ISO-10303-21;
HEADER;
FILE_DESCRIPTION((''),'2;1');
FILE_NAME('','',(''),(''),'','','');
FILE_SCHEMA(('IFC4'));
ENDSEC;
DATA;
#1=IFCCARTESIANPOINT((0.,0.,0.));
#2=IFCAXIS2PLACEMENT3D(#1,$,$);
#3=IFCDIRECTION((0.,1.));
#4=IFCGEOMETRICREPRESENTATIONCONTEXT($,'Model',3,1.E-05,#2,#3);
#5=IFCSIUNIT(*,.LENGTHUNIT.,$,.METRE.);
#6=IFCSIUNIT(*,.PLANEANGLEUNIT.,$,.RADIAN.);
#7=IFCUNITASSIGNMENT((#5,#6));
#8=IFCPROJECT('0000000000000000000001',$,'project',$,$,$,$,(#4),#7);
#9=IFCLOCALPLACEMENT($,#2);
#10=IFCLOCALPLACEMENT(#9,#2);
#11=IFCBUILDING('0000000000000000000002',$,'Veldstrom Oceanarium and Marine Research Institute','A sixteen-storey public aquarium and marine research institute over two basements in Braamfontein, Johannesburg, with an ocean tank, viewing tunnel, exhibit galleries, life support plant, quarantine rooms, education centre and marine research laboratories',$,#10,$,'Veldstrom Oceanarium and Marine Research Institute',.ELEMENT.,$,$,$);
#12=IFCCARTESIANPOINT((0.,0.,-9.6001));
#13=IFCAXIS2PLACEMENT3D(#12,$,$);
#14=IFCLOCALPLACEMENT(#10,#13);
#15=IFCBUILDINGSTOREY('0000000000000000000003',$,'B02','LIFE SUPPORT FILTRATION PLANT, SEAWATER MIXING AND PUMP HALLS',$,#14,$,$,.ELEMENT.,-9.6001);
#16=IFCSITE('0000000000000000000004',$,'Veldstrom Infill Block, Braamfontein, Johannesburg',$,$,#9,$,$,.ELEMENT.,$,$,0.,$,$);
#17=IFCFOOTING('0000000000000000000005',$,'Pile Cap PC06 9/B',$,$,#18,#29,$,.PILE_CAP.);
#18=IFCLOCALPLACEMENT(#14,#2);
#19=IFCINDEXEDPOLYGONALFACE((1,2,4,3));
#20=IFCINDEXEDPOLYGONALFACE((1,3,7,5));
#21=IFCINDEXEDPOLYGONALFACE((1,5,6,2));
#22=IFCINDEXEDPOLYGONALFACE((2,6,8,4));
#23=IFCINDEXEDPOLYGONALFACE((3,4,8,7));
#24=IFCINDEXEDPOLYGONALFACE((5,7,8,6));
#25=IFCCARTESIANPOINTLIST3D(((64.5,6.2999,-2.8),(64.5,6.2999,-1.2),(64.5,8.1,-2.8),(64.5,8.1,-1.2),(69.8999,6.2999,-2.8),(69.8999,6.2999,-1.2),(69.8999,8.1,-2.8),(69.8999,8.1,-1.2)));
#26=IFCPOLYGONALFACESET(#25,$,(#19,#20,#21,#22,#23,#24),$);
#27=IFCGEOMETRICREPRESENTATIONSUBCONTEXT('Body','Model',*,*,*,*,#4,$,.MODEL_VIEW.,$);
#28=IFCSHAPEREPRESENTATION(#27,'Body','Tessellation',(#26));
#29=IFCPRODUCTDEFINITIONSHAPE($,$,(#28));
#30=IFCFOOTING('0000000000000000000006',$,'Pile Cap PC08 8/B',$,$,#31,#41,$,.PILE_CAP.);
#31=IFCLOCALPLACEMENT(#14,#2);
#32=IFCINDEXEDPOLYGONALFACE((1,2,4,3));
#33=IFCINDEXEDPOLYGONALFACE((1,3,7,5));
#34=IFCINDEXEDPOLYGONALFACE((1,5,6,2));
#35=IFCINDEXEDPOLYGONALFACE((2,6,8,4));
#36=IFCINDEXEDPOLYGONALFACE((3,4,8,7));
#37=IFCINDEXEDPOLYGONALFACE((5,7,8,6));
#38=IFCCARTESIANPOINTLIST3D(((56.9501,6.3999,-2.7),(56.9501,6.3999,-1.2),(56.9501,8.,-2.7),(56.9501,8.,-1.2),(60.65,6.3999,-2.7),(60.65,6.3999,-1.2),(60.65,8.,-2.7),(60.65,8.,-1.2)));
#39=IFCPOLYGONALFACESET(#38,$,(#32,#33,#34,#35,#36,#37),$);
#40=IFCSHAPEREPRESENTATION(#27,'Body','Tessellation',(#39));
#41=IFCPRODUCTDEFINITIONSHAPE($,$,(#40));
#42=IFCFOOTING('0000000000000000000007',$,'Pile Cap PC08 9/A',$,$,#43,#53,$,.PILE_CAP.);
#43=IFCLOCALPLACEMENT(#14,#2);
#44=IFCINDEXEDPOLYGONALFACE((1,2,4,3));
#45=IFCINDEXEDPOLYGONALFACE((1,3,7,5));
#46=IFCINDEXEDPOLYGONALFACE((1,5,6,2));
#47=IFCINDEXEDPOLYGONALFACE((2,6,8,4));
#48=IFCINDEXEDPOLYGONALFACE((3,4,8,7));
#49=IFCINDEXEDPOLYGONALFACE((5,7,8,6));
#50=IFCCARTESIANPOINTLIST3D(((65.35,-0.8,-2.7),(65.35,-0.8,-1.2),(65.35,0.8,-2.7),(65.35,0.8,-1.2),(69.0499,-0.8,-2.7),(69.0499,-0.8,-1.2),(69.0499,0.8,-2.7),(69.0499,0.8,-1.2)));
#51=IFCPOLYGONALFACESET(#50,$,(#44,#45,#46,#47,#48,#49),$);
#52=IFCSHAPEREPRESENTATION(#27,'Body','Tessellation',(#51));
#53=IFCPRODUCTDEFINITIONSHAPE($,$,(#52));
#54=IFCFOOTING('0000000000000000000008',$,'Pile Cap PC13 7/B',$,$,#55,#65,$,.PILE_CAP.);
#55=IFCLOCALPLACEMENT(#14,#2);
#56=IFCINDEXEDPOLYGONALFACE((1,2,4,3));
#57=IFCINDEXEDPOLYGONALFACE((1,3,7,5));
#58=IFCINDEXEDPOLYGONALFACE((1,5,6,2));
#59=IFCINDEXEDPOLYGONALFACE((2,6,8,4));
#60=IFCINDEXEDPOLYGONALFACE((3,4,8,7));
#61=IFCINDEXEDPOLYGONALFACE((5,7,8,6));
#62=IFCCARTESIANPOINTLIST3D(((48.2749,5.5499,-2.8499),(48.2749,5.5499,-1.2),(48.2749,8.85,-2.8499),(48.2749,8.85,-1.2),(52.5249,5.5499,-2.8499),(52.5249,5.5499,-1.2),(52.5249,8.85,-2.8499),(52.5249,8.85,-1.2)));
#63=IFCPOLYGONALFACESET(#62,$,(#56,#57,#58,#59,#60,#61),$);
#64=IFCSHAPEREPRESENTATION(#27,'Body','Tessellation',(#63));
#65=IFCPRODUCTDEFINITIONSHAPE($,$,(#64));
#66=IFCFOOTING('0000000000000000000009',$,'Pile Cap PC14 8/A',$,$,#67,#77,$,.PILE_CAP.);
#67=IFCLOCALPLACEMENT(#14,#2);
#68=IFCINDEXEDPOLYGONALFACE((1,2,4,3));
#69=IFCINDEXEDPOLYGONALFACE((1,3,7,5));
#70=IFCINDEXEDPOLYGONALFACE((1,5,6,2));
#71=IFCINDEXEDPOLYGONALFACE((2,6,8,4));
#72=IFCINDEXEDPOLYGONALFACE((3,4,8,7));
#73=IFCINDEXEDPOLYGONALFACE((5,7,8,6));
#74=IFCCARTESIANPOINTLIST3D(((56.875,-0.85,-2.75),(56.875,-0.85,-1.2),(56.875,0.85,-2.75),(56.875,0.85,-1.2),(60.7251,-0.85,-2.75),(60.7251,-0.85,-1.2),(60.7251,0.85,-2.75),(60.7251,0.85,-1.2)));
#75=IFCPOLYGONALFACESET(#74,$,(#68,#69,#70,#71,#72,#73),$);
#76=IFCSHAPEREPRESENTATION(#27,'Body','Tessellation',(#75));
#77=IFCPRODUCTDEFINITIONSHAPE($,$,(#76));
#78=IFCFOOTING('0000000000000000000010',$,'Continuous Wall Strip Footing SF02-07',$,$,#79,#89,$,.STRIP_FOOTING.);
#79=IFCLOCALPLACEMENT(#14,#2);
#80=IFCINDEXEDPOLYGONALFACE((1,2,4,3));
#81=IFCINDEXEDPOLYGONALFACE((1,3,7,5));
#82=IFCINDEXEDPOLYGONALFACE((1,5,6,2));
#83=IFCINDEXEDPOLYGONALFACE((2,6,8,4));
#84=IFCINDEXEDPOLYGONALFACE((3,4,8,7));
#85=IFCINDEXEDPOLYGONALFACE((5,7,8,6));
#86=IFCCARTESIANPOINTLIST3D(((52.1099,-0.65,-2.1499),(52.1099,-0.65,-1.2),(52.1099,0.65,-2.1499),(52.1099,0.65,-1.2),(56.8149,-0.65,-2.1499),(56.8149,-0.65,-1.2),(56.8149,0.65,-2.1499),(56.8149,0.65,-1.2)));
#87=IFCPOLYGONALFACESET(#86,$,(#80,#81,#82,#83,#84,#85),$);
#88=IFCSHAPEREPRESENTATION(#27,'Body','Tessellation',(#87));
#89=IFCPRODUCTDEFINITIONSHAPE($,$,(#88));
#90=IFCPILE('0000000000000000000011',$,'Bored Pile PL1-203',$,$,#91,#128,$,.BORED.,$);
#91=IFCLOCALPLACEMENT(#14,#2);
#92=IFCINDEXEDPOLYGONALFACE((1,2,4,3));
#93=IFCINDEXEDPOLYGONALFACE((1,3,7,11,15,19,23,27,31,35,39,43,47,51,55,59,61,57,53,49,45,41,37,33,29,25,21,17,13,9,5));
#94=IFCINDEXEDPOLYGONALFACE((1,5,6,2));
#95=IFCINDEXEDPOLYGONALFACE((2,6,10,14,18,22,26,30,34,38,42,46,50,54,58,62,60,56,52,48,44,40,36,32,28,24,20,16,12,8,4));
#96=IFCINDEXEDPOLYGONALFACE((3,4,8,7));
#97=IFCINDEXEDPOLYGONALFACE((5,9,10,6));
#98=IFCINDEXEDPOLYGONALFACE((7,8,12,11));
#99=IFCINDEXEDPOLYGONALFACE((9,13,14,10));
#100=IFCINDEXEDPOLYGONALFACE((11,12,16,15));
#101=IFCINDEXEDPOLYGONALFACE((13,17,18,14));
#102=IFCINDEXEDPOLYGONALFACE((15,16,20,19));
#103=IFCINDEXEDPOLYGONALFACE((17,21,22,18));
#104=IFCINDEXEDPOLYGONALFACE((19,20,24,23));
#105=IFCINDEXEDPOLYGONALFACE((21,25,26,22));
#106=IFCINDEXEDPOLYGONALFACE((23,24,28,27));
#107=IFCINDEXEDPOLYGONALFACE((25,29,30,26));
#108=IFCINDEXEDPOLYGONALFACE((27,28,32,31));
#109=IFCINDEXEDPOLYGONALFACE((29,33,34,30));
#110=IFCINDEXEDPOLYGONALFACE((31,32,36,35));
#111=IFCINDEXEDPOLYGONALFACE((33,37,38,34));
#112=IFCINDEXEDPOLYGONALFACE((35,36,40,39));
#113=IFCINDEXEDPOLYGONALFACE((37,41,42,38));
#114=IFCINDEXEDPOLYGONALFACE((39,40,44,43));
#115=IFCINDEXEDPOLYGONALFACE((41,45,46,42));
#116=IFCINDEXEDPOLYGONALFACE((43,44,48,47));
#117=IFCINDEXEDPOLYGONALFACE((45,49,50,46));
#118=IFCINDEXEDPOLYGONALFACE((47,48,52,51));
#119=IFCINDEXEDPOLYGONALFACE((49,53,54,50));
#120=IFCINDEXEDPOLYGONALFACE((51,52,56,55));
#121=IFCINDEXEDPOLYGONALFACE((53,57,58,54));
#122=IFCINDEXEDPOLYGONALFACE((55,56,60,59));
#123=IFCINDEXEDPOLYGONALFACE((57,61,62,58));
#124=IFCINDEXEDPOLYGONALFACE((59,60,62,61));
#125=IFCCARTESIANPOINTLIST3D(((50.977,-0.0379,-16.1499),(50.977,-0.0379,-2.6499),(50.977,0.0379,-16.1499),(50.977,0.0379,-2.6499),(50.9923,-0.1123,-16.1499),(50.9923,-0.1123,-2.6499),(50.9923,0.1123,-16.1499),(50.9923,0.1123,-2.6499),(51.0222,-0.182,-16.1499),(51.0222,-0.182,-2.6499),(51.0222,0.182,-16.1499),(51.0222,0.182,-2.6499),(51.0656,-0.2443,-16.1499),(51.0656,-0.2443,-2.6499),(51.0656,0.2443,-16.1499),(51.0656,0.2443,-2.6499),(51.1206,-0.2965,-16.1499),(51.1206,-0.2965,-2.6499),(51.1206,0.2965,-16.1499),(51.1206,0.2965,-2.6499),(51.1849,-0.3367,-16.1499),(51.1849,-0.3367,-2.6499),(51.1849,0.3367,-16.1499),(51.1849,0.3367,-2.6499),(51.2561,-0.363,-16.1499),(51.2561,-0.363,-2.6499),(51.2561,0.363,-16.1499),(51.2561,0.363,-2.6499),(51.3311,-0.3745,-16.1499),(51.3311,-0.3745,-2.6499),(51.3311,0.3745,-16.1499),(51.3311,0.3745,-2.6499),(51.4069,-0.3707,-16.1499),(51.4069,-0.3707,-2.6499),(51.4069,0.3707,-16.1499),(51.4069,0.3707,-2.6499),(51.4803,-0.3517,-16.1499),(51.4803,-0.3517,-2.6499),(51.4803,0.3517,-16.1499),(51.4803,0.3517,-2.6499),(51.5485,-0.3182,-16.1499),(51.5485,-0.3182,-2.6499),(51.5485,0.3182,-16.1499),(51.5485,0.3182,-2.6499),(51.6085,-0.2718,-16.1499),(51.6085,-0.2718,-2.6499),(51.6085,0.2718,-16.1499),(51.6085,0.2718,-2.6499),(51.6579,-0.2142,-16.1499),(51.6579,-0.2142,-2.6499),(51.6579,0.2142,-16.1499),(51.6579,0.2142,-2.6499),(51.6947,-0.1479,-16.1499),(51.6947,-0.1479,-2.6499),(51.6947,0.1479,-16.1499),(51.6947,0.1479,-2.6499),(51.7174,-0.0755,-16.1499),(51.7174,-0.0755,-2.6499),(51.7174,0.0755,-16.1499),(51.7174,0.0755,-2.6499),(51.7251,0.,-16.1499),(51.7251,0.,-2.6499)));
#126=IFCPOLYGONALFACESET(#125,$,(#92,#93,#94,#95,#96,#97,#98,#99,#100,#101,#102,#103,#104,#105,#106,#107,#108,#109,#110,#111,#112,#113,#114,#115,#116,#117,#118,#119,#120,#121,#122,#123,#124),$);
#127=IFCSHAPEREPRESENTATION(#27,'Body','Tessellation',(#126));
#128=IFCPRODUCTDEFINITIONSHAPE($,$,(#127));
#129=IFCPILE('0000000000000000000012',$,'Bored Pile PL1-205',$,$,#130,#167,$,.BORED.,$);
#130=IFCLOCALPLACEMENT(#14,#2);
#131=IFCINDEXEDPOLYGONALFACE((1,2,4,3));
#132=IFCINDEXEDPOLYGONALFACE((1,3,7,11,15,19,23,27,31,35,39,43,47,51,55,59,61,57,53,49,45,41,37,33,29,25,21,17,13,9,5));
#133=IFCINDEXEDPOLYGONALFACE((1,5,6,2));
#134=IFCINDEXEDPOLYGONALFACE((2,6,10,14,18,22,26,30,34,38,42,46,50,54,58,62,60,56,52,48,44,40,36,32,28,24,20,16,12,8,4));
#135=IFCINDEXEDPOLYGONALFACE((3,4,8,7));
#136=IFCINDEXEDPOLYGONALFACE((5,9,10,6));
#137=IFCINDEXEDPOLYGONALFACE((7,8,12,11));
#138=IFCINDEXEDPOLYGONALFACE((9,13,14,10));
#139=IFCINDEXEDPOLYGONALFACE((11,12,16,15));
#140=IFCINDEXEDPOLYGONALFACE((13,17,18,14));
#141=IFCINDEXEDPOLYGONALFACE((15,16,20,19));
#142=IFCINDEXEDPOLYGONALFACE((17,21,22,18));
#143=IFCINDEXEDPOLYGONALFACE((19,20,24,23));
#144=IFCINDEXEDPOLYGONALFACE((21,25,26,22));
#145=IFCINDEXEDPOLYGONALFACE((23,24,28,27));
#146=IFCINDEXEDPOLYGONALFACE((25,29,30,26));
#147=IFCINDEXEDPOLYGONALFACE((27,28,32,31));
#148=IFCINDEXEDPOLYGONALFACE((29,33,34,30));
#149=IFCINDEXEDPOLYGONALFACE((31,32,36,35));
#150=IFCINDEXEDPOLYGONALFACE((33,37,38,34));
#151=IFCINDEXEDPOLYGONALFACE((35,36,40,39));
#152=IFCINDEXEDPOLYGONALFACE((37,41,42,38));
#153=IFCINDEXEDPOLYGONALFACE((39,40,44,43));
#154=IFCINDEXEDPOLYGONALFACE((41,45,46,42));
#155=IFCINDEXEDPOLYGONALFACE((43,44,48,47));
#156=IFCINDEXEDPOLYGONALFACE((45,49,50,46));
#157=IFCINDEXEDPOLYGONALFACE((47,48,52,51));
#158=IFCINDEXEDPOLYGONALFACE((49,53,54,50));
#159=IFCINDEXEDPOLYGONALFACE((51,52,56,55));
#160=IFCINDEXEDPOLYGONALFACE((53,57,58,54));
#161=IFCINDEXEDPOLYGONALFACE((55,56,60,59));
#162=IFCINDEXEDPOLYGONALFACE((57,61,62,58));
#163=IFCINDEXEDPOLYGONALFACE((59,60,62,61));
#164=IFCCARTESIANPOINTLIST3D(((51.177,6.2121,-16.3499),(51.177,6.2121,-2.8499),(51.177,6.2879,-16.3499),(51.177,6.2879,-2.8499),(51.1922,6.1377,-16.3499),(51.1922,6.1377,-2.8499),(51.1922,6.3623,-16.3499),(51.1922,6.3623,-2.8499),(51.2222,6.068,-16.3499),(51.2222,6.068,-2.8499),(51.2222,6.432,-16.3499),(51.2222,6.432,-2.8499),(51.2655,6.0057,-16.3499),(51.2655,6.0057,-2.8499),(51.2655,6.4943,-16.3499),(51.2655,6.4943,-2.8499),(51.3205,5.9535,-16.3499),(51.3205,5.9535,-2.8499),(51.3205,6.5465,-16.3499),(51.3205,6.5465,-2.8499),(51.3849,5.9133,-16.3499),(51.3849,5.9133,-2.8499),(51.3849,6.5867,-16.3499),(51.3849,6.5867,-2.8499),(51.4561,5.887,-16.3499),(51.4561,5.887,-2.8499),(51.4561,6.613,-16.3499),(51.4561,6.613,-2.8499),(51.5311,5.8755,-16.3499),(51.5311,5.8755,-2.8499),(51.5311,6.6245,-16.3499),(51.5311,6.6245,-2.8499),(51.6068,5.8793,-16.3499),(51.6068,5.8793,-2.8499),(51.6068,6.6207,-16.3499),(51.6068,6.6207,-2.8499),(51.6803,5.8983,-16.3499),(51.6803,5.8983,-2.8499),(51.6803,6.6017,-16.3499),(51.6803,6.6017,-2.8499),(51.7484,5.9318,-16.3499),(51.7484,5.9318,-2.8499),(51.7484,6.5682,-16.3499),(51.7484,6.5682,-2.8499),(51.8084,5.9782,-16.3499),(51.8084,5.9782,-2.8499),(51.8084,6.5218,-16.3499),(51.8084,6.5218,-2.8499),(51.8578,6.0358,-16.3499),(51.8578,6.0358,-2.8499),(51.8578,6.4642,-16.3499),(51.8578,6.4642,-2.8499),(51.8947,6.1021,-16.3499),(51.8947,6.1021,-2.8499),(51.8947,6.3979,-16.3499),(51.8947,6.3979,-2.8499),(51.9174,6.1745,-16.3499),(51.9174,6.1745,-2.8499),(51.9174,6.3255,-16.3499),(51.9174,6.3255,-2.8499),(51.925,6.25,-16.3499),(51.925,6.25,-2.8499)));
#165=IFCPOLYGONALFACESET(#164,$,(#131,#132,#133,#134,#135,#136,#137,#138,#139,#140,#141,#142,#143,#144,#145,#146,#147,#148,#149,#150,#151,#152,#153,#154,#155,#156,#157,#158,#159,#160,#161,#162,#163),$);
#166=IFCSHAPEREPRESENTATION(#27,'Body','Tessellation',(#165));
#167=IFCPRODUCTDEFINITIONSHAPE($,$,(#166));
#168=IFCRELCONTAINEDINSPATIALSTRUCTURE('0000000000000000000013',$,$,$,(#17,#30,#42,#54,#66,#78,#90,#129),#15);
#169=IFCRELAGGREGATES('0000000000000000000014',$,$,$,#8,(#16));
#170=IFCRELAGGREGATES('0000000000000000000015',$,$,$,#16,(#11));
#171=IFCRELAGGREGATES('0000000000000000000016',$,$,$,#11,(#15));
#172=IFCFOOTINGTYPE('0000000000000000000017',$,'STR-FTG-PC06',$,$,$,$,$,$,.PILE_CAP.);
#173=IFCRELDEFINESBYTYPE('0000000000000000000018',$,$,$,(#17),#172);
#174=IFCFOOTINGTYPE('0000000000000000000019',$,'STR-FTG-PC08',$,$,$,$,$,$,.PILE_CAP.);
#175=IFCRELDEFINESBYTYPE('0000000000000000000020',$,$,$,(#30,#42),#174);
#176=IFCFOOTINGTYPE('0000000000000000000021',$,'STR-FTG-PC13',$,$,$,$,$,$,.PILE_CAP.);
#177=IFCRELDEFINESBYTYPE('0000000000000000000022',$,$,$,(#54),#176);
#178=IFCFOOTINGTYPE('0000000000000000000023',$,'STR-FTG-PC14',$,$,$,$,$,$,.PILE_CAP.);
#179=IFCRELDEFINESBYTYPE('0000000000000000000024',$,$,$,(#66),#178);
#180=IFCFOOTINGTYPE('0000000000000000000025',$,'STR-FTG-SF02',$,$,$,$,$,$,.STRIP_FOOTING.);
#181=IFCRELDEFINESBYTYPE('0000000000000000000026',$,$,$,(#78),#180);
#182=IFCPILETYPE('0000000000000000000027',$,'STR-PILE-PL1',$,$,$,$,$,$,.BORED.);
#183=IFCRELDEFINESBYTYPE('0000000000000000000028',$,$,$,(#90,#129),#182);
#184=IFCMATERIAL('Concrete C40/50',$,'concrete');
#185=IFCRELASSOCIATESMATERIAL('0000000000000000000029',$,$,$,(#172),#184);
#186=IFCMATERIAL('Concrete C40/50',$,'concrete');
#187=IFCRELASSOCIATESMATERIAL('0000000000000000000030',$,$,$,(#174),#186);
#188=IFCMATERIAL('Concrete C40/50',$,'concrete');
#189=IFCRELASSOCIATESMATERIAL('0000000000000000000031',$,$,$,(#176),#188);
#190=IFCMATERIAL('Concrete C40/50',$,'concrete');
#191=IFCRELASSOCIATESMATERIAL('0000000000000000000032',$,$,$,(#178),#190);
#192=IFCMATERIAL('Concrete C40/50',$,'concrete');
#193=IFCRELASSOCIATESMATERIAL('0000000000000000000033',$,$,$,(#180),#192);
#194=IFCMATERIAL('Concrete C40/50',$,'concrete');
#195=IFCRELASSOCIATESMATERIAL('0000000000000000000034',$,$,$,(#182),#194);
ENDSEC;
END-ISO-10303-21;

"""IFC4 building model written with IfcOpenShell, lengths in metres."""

from ifc_helpers import new_model, si_unit, direction, frame, origin, origin_2d, place, context, subcontext, project, spatial, rectangle, circle, extrude, material, material_profile, profile_set, type_object, element, save


model = new_model("IFC4")

# Units and contexts
model_context = context("Model", 3, precision=1e-05, world=origin(), true_north=direction((0.0, 1.0)))
body_context = subcontext(model_context, "Body", "Model", "MODEL_VIEW")
ifc_project = project(units=[si_unit("LENGTHUNIT", "METRE"), si_unit("PLANEANGLEUNIT", "RADIAN")], contexts=[model_context])

# Site, building, storey
site_placement = place(None, origin())
site = spatial("IfcSite", under=ifc_project, at=site_placement, Name="Veldstrom Infill Block, Braamfontein, Johannesburg", CompositionType="ELEMENT", RefElevation=0.0)
building_placement = place(site_placement, origin())
building = spatial("IfcBuilding", under=site, at=building_placement, Name="Veldstrom Oceanarium and Marine Research Institute", Description="A sixteen-storey public aquarium and marine research institute over two basements in Braamfontein, Johannesburg, with an ocean tank, viewing tunnel, exhibit galleries, life support plant, quarantine rooms, education centre and marine research laboratories", LongName="Veldstrom Oceanarium and Marine Research Institute", CompositionType="ELEMENT")
storey_placement = place(building_placement, frame((0.0, 0.0, -9.6001)))
storey = spatial("IfcBuildingStorey", under=building, at=storey_placement, Name="B02", Description="LIFE SUPPORT FILTRATION PLANT, SEAWATER MIXING AND PUMP HALLS", CompositionType="ELEMENT", Elevation=-9.6001)

# Footings
ifc_material_1 = material(Name="Concrete C40/50", Category="concrete")
footing_type_1 = type_object("IfcFootingType", Name="STR-FTG-PC06", PredefinedType="PILE_CAP", material=ifc_material_1)
footing_1_placement = place(storey_placement, frame((67.2, 7.2, -2.8), z_axis=(0.0, 0.0, 1.0), x_axis=(1.0, 0.0, 0.0)))
element("IfcFooting", 1, at=footing_1_placement, inside=storey, type_object=footing_type_1, Name="Pile Cap PC06 9/B", PredefinedType="PILE_CAP", context=body_context, shape_type="SweptSolid", body=[
    extrude(rectangle(XDim=5.3999, YDim=1.8, at=origin_2d()), origin(), (0.0, 0.0, 1.0), 1.6001),
])
ifc_material_2 = material(Name="Concrete C40/50", Category="concrete")
footing_type_2 = type_object("IfcFootingType", Name="STR-FTG-PC08", PredefinedType="PILE_CAP", material=ifc_material_2)
for number, where, z_axis, x_axis, name in (
    (2, (58.8, 7.2, -2.7), (0.0, 0.0, 1.0), (1.0, 0.0, 0.0), "Pile Cap PC08 8/B"),
    (3, (67.2, 0.0, -2.7), (0.0, 0.0, 1.0), (1.0, 0.0, 0.0), "Pile Cap PC08 9/A"),
):
    element("IfcFooting", number, at=place(storey_placement, frame(where, z_axis=z_axis, x_axis=x_axis)), inside=storey, type_object=footing_type_2, Name=name, PredefinedType="PILE_CAP", context=body_context, shape_type="SweptSolid", body=[
        extrude(rectangle(XDim=3.7, YDim=1.6001, at=origin_2d()), origin(), (0.0, 0.0, 1.0), 1.5),
    ])
ifc_material_3 = material(Name="Concrete C40/50", Category="concrete")
footing_type_3 = type_object("IfcFootingType", Name="STR-FTG-PC13", PredefinedType="PILE_CAP", material=ifc_material_3)
footing_2_placement = place(storey_placement, frame((50.3999, 7.2, -2.8499), z_axis=(0.0, 0.0, 1.0), x_axis=(1.0, 0.0, 0.0)))
element("IfcFooting", 4, at=footing_2_placement, inside=storey, type_object=footing_type_3, Name="Pile Cap PC13 7/B", PredefinedType="PILE_CAP", context=body_context, shape_type="SweptSolid", body=[
    extrude(rectangle(XDim=4.25, YDim=3.3, at=origin_2d()), origin(), (0.0, 0.0, 1.0), 1.6499),
])
ifc_material_4 = material(Name="Concrete C40/50", Category="concrete")
footing_type_4 = type_object("IfcFootingType", Name="STR-FTG-PC14", PredefinedType="PILE_CAP", material=ifc_material_4)
footing_3_placement = place(storey_placement, frame((58.8, 0.0, -2.75), z_axis=(0.0, 0.0, 1.0), x_axis=(1.0, 0.0, 0.0)))
element("IfcFooting", 5, at=footing_3_placement, inside=storey, type_object=footing_type_4, Name="Pile Cap PC14 8/A", PredefinedType="PILE_CAP", context=body_context, shape_type="SweptSolid", body=[
    extrude(rectangle(XDim=3.8501, YDim=1.7, at=origin_2d()), origin(), (0.0, 0.0, 1.0), 1.55),
])
ifc_material_5 = material(Name="Concrete C40/50", Category="concrete")
footing_type_5 = type_object("IfcFootingType", Name="STR-FTG-SF02", PredefinedType="STRIP_FOOTING", material=ifc_material_5)
footing_4_placement = place(storey_placement, frame((54.4624, 0.0, -2.1499), z_axis=(0.0, 0.0, 1.0), x_axis=(1.0, 0.0, 0.0)))
element("IfcFooting", 6, at=footing_4_placement, inside=storey, type_object=footing_type_5, Name="Continuous Wall Strip Footing SF02-07", PredefinedType="STRIP_FOOTING", context=body_context, shape_type="SweptSolid", body=[
    extrude(rectangle(XDim=4.7051, YDim=1.3, at=origin_2d()), origin(), (0.0, 0.0, 1.0), 0.95),
])

# Piles
ifc_material_6 = material(Name="Concrete C40/50", Category="concrete")
ifc_material_profile_1 = material_profile(ifc_material_6, circle(Radius=0.375, at=origin_2d()), Name="PILE-D750")
ifc_profile_set_1 = profile_set([ifc_material_profile_1], Name="Concrete C40/50")
pile_type = type_object("IfcPileType", Name="STR-PILE-PL1", PredefinedType="BORED", material=ifc_profile_set_1)
for number, where, z_axis, x_axis, name in (
    (7, (51.3501, 0.0, -2.6499), (0.0, 0.0, -1.0), (1.0, 0.0, 0.0), "Bored Pile PL1-203"),
    (8, (51.55, 6.25, -2.8499), (0.0, 0.0, -1.0), (1.0, 0.0, 0.0), "Bored Pile PL1-205"),
):
    element("IfcPile", number, at=place(storey_placement, frame(where, z_axis=z_axis, x_axis=x_axis)), inside=storey, type_object=pile_type, Name=name, PredefinedType="BORED", context=body_context, shape_type="SweptSolid", body=[
        extrude(circle(Radius=0.375, at=origin_2d()), origin(), (0.0, 0.0, 1.0), 13.5),
    ])

save(model, "model.ifc")
